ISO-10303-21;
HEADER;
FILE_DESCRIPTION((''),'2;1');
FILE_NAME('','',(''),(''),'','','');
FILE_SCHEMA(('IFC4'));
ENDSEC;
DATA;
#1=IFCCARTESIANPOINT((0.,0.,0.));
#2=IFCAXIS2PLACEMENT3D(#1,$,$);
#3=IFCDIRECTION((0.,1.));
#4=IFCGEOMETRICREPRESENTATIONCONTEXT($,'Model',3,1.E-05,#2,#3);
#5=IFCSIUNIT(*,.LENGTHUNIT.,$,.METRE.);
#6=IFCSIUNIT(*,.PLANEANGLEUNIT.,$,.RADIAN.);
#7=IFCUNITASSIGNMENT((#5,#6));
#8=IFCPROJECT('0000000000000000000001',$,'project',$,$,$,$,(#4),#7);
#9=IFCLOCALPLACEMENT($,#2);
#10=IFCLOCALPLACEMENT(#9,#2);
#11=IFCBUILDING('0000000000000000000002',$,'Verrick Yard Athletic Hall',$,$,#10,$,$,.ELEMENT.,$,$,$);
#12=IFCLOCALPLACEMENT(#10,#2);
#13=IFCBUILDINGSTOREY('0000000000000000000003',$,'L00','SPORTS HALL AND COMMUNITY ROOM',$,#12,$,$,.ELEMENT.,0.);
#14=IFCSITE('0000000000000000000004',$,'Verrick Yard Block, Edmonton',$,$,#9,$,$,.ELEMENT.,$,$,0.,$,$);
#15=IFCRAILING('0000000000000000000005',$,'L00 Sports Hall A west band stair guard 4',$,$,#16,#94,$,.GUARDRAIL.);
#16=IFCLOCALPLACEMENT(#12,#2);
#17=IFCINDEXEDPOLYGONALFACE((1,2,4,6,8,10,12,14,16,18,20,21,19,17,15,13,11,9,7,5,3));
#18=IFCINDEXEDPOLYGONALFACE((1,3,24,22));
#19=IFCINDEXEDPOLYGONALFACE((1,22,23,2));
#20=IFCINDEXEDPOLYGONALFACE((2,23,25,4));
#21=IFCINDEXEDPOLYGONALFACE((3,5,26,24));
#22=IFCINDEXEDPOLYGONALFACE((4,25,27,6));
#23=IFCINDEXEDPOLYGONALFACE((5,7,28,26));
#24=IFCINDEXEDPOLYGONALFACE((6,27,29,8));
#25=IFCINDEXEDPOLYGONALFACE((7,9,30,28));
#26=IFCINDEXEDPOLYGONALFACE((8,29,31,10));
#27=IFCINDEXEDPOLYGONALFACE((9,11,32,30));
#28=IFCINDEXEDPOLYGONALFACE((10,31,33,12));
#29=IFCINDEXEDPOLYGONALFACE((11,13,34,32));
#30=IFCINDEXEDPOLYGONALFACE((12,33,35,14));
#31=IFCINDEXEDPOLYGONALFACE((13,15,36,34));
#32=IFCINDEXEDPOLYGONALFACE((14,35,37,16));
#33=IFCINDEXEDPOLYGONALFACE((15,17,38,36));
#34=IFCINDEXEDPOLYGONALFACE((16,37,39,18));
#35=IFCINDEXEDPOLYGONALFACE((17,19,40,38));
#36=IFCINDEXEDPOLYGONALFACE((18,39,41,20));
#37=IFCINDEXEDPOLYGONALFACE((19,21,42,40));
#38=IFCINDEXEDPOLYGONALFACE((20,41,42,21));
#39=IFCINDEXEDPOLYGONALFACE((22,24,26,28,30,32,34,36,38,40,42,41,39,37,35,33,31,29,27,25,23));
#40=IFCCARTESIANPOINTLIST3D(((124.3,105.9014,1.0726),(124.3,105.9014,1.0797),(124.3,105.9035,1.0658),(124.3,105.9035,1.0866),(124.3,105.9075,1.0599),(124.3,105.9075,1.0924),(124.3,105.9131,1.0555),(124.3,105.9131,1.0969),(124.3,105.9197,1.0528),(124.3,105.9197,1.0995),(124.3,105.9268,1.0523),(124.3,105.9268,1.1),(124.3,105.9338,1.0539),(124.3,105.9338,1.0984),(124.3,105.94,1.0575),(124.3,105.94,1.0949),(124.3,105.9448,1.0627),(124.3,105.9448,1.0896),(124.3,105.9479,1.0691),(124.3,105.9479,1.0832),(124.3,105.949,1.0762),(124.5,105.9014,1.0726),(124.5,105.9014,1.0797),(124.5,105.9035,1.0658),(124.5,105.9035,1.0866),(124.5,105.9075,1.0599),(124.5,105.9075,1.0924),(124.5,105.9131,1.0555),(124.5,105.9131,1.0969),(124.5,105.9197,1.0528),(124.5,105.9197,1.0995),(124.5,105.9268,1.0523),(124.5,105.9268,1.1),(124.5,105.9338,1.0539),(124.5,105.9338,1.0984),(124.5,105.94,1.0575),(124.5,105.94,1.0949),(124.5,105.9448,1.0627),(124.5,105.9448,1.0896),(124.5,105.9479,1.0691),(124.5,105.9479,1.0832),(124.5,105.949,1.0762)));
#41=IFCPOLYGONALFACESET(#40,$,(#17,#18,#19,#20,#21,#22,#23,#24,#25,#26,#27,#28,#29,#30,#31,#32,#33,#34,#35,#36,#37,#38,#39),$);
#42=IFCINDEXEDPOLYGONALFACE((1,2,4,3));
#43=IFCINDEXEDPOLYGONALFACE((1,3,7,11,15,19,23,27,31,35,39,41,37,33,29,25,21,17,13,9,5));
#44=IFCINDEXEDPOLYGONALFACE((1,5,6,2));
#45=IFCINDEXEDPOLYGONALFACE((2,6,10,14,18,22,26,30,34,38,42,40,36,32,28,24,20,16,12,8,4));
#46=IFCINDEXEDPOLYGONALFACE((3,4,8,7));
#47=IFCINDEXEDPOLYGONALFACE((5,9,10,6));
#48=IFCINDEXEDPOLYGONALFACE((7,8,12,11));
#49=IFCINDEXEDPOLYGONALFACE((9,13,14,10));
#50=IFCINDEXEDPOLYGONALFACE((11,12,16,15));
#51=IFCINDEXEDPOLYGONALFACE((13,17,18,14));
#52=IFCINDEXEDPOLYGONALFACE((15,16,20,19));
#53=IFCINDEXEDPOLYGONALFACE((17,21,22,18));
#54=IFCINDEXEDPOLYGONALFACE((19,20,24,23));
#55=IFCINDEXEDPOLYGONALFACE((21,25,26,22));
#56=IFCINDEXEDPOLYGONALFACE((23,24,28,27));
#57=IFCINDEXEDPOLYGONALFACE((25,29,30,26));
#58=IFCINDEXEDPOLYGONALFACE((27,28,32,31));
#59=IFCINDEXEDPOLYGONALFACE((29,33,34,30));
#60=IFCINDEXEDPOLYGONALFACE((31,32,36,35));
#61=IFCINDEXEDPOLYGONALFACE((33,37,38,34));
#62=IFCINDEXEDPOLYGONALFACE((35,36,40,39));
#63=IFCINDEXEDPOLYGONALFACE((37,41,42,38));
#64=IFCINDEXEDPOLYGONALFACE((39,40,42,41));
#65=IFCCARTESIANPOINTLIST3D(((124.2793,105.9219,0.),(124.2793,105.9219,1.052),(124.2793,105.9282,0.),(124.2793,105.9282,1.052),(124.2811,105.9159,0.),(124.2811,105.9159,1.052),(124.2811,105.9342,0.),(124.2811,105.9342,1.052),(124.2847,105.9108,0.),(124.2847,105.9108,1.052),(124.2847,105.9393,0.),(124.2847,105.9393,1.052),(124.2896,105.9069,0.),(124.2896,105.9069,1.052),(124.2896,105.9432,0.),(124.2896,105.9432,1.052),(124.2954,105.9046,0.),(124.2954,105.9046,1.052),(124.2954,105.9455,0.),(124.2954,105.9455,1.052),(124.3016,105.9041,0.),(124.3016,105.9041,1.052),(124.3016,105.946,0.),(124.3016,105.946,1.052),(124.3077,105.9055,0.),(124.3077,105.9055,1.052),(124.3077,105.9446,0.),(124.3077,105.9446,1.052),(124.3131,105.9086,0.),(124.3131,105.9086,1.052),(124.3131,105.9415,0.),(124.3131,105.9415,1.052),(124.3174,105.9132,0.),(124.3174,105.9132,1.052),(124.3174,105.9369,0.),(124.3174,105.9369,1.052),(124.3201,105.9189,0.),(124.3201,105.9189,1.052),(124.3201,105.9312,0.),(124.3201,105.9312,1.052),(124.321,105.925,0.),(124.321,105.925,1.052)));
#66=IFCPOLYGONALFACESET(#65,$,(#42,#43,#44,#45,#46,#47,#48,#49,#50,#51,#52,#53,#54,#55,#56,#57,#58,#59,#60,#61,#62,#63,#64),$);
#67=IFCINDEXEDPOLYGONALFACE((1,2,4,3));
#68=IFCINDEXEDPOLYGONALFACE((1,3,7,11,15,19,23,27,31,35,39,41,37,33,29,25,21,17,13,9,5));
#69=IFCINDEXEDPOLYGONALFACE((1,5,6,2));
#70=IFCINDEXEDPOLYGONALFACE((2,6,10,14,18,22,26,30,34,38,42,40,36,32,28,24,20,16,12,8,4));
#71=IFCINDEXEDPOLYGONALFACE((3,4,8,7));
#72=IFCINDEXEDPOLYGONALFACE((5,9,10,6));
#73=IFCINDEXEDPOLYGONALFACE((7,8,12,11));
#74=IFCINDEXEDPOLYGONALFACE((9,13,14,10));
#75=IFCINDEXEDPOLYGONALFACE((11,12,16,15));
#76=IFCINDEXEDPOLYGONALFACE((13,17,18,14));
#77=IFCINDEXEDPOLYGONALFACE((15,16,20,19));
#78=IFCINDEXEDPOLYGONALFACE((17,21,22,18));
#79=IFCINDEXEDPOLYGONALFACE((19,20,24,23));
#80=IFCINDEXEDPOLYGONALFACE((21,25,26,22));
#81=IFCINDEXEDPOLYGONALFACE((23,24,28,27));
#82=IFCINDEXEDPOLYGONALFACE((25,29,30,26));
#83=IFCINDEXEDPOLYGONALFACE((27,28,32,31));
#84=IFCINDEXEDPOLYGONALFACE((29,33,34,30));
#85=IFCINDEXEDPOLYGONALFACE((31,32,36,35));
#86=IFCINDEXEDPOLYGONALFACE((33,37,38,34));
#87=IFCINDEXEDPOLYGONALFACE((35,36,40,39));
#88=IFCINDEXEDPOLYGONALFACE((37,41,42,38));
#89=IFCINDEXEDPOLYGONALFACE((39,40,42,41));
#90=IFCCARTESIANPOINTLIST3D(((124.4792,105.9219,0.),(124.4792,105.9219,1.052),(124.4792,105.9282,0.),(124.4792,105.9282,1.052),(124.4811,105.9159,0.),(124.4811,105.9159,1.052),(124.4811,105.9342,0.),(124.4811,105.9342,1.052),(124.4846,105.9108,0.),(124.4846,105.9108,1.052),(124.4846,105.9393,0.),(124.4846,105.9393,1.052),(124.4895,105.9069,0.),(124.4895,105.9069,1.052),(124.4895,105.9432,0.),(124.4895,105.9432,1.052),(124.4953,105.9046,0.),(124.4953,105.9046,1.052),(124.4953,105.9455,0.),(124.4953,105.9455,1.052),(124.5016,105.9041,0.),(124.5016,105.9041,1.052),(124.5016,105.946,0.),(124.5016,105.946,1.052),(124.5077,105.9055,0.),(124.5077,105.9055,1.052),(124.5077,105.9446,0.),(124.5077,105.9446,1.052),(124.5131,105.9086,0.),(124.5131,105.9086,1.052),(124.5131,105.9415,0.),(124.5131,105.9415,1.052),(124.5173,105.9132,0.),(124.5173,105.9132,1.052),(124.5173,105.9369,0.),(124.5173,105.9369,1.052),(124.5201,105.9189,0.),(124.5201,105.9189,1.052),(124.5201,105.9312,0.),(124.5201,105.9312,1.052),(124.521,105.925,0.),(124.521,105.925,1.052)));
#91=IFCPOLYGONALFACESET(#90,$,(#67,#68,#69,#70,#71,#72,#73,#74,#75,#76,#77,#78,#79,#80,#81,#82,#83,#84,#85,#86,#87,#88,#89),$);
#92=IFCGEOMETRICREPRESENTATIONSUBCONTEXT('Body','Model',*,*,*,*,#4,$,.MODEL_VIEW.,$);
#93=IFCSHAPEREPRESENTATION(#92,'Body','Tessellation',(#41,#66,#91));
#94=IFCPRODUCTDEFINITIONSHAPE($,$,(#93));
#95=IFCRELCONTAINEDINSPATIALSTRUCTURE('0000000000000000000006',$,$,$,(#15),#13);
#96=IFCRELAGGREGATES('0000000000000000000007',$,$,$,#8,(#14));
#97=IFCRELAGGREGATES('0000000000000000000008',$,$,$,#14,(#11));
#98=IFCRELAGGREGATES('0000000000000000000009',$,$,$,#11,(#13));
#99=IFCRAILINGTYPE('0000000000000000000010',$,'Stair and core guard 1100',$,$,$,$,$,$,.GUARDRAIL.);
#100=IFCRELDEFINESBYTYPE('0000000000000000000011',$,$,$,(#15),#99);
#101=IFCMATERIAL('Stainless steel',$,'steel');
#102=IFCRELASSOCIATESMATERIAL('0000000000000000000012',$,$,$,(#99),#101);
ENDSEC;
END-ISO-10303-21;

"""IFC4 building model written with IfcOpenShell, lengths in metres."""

from ifc_helpers import new_model, si_unit, direction, frame, origin, origin_2d, place, context, subcontext, project, spatial, circle, extrude, material, type_object, element, save


model = new_model("IFC4")

# Units and contexts
model_context = context("Model", 3, precision=1e-05, world=origin(), true_north=direction((0.0, 1.0)))
body_context = subcontext(model_context, "Body", "Model", "MODEL_VIEW")
ifc_project = project(units=[si_unit("LENGTHUNIT", "METRE"), si_unit("PLANEANGLEUNIT", "RADIAN")], contexts=[model_context])

# Site, building, storey
site_placement = place(None, origin())
site = spatial("IfcSite", under=ifc_project, at=site_placement, Name="Verrick Yard Block, Edmonton", CompositionType="ELEMENT", RefElevation=0.0)
building_placement = place(site_placement, origin())
building = spatial("IfcBuilding", under=site, at=building_placement, Name="Verrick Yard Athletic Hall", CompositionType="ELEMENT")
storey_placement = place(building_placement, origin())
storey = spatial("IfcBuildingStorey", under=building, at=storey_placement, Name="L00", Description="SPORTS HALL AND COMMUNITY ROOM", CompositionType="ELEMENT", Elevation=0.0)

# Railing
ifc_material_1 = material(Name="Stainless steel", Category="steel")
railing_type_1 = type_object("IfcRailingType", Name="Stair and core guard 1100", PredefinedType="GUARDRAIL", material=ifc_material_1)
railing_1_placement = place(storey_placement, frame((124.3, 105.925, 0.0)))
element("IfcRailing", 1, at=railing_1_placement, inside=storey, type_object=railing_type_1, Name="L00 Sports Hall A west band stair guard 4", PredefinedType="GUARDRAIL", context=body_context, shape_type="SweptSolid", body=[
    extrude(circle(Radius=0.0239, at=origin_2d()), frame((0.0, 0.0, 1.0762), z_axis=(1.0, 0.0, 0.0), x_axis=(0.0, 1.0, 0.0)), (0.0, 0.0, 1.0), 0.2),
    extrude(circle(Radius=0.021, at=origin_2d()), origin(), (0.0, 0.0, 1.0), 1.052),
    extrude(circle(Radius=0.021, at=origin_2d()), frame((0.2, 0.0, 0.0)), (0.0, 0.0, 1.0), 1.052),
])

save(model, "model.ifc")
